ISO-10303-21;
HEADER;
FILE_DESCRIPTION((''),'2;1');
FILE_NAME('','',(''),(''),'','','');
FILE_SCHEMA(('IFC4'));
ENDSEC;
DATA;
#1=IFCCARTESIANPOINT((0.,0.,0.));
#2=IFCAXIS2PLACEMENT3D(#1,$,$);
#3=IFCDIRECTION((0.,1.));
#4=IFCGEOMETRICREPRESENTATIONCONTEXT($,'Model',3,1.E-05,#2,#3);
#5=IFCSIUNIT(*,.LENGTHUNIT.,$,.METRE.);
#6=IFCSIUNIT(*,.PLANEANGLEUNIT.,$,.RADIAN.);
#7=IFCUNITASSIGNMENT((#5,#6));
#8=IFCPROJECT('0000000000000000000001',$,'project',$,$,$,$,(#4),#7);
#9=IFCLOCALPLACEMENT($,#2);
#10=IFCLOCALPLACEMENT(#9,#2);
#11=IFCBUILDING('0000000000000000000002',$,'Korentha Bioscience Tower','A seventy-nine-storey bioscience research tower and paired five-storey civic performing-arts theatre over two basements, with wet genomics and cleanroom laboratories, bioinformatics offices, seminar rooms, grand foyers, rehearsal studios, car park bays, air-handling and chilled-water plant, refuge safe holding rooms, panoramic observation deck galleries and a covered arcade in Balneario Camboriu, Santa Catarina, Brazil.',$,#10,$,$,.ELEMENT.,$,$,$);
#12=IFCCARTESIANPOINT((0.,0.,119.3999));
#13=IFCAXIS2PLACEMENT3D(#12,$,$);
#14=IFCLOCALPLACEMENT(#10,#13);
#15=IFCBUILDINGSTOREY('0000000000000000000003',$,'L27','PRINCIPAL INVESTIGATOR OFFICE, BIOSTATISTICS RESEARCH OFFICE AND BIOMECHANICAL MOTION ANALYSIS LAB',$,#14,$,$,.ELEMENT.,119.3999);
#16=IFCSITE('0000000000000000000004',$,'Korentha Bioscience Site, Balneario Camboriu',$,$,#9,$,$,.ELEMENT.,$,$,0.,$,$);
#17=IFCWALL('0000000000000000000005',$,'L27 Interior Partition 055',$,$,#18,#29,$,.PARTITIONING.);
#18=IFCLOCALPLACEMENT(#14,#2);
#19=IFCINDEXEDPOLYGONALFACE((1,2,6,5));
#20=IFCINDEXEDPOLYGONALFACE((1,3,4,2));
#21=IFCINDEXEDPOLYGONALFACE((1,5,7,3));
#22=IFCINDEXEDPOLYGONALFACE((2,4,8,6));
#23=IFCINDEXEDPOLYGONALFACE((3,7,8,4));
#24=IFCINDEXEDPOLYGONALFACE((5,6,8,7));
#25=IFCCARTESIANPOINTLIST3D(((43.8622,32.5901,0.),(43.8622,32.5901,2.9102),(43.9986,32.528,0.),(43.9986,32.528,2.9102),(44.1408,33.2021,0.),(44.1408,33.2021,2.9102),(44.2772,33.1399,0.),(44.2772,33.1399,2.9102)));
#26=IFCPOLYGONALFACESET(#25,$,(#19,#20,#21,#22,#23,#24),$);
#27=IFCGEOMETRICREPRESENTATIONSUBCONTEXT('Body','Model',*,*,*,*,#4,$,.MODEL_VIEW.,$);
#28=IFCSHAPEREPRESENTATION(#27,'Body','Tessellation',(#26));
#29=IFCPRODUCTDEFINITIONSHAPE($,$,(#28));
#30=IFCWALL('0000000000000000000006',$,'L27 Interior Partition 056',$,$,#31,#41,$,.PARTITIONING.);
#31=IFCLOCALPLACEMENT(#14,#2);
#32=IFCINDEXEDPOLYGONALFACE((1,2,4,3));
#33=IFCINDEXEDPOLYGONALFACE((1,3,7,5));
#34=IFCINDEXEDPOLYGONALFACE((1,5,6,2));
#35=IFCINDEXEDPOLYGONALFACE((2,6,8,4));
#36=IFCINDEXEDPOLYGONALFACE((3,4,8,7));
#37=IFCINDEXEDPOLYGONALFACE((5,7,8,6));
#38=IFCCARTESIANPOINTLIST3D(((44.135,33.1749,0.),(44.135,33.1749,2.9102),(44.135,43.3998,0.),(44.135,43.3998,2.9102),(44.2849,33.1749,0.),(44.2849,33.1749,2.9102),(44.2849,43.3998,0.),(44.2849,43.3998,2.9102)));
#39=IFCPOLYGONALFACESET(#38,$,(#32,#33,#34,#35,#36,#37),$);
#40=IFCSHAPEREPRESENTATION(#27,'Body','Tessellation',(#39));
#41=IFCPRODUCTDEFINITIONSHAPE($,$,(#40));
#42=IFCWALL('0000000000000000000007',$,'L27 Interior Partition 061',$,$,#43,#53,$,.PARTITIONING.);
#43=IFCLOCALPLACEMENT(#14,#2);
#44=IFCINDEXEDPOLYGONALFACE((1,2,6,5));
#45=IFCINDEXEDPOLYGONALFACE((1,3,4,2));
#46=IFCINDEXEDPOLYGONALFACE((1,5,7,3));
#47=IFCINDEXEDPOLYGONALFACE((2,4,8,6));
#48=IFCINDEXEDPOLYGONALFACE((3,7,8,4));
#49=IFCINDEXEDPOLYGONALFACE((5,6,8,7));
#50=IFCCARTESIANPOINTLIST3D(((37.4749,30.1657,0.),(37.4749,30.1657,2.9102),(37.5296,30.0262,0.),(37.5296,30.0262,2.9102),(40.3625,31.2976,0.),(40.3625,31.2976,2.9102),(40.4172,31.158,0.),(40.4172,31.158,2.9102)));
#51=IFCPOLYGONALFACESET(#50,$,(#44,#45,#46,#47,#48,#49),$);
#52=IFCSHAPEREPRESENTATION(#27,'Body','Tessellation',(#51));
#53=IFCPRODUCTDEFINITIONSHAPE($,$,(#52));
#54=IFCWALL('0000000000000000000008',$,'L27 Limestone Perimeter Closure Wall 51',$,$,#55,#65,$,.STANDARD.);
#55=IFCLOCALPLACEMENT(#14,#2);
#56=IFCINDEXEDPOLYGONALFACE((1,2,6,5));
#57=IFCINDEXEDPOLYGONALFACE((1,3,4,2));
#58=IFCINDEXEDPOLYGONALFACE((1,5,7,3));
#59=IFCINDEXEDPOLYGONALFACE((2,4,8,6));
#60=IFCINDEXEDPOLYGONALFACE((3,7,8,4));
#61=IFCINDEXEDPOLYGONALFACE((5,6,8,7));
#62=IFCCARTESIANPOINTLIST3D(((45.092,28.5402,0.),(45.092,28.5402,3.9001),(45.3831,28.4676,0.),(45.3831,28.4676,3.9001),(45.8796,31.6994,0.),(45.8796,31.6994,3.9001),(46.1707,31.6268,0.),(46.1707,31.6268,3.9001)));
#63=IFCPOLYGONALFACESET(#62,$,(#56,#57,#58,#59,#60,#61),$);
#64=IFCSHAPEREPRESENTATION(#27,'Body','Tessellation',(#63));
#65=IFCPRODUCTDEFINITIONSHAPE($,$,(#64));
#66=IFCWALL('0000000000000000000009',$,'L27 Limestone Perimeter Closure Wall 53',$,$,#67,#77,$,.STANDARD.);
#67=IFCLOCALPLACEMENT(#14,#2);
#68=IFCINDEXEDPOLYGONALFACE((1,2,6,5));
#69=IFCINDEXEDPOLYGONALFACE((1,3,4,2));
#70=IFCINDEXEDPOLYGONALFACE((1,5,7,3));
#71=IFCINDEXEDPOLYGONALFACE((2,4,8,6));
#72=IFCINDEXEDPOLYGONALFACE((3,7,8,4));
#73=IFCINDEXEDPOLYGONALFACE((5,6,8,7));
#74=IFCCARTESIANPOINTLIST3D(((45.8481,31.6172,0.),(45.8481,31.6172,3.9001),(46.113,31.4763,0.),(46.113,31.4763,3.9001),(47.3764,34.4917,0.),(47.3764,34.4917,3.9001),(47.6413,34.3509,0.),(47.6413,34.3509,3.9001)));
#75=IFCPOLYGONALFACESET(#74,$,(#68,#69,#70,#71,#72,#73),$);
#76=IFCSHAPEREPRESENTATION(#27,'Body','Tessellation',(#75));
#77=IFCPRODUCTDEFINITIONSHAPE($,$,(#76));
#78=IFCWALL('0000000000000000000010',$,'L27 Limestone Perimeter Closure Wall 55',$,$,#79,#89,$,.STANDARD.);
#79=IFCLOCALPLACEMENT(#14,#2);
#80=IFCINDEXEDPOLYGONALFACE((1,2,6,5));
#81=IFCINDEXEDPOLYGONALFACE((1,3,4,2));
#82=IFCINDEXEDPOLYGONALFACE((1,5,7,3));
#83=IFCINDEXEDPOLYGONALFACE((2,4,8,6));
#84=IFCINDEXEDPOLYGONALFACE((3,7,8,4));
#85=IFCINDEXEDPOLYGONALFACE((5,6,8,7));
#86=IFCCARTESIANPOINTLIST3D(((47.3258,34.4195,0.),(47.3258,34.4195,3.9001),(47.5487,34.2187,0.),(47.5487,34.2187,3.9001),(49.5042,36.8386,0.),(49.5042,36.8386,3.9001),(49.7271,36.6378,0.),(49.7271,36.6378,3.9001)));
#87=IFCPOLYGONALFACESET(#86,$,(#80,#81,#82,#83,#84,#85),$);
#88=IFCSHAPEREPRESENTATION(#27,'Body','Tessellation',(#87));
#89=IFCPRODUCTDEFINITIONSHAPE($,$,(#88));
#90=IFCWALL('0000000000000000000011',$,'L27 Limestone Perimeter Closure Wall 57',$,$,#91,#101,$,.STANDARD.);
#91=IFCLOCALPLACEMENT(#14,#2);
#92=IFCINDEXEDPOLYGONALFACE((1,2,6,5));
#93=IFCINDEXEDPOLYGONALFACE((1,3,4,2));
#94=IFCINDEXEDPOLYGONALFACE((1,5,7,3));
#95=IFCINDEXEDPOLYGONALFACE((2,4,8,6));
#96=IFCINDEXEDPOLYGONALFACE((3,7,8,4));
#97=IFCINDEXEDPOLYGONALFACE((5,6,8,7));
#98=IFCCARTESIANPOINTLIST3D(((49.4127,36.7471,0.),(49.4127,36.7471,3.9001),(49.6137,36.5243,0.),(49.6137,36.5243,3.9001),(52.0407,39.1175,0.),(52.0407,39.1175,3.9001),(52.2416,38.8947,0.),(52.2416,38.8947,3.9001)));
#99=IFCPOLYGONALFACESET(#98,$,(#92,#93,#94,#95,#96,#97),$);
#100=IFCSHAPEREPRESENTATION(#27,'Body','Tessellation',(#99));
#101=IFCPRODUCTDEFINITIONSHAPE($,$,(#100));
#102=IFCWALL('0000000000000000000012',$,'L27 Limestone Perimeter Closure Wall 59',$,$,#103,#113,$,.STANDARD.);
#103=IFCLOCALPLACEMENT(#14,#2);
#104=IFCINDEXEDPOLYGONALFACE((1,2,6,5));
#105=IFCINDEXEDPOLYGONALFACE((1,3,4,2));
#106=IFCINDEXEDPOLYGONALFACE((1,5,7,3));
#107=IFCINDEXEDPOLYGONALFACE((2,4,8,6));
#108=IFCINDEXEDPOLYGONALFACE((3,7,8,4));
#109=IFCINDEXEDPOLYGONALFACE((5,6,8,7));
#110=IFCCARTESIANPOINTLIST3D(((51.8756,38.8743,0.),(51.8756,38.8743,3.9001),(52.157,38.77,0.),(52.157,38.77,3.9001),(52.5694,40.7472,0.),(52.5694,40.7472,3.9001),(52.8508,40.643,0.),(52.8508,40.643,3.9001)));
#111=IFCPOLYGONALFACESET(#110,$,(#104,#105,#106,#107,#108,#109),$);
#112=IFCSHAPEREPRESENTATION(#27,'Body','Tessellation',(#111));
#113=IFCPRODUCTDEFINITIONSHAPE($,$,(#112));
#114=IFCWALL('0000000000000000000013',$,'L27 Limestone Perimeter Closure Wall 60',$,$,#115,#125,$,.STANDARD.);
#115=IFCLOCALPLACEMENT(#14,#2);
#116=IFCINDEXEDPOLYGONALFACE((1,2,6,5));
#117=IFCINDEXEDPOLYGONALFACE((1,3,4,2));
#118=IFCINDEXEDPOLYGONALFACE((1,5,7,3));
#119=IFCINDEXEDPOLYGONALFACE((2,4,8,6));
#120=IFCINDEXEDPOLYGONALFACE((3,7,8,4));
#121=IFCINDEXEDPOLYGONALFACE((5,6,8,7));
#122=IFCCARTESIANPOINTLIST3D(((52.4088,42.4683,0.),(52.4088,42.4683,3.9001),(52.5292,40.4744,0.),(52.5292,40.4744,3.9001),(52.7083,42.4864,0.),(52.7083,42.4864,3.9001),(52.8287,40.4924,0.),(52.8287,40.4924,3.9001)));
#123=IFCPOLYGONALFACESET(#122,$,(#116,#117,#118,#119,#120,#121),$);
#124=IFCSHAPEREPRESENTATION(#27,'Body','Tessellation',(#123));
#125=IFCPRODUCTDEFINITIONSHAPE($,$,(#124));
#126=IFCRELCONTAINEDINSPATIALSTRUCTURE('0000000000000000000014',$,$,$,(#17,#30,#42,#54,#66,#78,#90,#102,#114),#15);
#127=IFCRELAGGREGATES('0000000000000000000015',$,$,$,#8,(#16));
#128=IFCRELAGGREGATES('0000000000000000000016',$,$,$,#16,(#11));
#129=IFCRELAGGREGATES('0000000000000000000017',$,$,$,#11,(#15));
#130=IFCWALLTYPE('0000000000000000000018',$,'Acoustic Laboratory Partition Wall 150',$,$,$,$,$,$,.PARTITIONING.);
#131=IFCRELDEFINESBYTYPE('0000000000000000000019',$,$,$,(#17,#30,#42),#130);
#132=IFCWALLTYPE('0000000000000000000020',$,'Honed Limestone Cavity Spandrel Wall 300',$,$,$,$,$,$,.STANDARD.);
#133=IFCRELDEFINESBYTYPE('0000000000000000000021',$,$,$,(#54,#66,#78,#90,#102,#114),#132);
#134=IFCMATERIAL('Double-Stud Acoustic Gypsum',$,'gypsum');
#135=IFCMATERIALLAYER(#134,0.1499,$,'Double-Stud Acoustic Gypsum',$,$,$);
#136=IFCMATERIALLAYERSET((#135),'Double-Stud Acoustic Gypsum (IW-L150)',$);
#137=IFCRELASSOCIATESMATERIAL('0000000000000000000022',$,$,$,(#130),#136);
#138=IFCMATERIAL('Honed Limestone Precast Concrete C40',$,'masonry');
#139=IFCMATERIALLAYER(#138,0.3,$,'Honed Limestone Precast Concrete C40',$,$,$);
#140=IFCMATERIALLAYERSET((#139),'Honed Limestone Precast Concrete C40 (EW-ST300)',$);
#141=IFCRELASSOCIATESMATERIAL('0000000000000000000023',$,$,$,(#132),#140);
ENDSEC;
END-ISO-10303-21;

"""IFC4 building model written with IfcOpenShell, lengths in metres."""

from ifc_helpers import new_model, si_unit, direction, frame, frame_2d, origin, place, context, subcontext, project, spatial, rectangle, extrude, material, layer, layer_set, type_object, element, save


model = new_model("IFC4")

# Units and contexts
model_context = context("Model", 3, precision=1e-05, world=origin(), true_north=direction((0.0, 1.0)))
body_context = subcontext(model_context, "Body", "Model", "MODEL_VIEW")
ifc_project = project(units=[si_unit("LENGTHUNIT", "METRE"), si_unit("PLANEANGLEUNIT", "RADIAN")], contexts=[model_context])

# Site, building, storey
site_placement = place(None, origin())
site = spatial("IfcSite", under=ifc_project, at=site_placement, Name="Korentha Bioscience Site, Balneario Camboriu", CompositionType="ELEMENT", RefElevation=0.0)
building_placement = place(site_placement, origin())
building = spatial("IfcBuilding", under=site, at=building_placement, Name="Korentha Bioscience Tower", Description="A seventy-nine-storey bioscience research tower and paired five-storey civic performing-arts theatre over two basements, with wet genomics and cleanroom laboratories, bioinformatics offices, seminar rooms, grand foyers, rehearsal studios, car park bays, air-handling and chilled-water plant, refuge safe holding rooms, panoramic observation deck galleries and a covered arcade in Balneario Camboriu, Santa Catarina, Brazil.", CompositionType="ELEMENT")
storey_placement = place(building_placement, frame((0.0, 0.0, 119.3999)))
storey = spatial("IfcBuildingStorey", under=building, at=storey_placement, Name="L27", Description="PRINCIPAL INVESTIGATOR OFFICE, BIOSTATISTICS RESEARCH OFFICE AND BIOMECHANICAL MOTION ANALYSIS LAB", CompositionType="ELEMENT", Elevation=119.3999)

# Shared definitions
ifc_material_1 = material(Name="Double-Stud Acoustic Gypsum", Category="gypsum")
ifc_layer_1 = layer(ifc_material_1, 0.1499, Name="Double-Stud Acoustic Gypsum")
ifc_layer_set_1 = layer_set([ifc_layer_1], Name="Double-Stud Acoustic Gypsum (IW-L150)")
wall_type_1 = type_object("IfcWallType", Name="Acoustic Laboratory Partition Wall 150", PredefinedType="PARTITIONING", material=ifc_layer_set_1)

# Walls
wall_1_placement = place(storey_placement, frame((43.9304, 32.5591, 0.0), z_axis=(0.0, 0.0, 1.0), x_axis=(0.414377, 0.910105, 0.0)))
element("IfcWall", 1, at=wall_1_placement, inside=storey, type_object=wall_type_1, Name="L27 Interior Partition 055", PredefinedType="PARTITIONING", context=body_context, shape_type="SweptSolid", body=[
    extrude(rectangle(XDim=0.6724, YDim=0.1499, at=frame_2d((0.3362, 0.0))), origin(), (0.0, 0.0, 1.0), 2.9102),
])
wall_2_placement = place(storey_placement, frame((44.21, 33.175, 0.0), z_axis=(0.0, 0.0, 1.0), x_axis=(0.0, 1.0, 0.0)))
element("IfcWall", 2, at=wall_2_placement, inside=storey, type_object=wall_type_1, Name="L27 Interior Partition 056", PredefinedType="PARTITIONING", context=body_context, shape_type="SweptSolid", body=[
    extrude(rectangle(XDim=10.2249, YDim=0.1499, at=frame_2d((5.1123, 0.0))), origin(), (0.0, 0.0, 1.0), 2.9102),
])
wall_3_placement = place(storey_placement, frame((40.3899, 31.2278, 0.0), z_axis=(0.0, 0.0, 1.0), x_axis=(-0.931038, -0.364922, 0.0)))
element("IfcWall", 3, at=wall_3_placement, inside=storey, type_object=wall_type_1, Name="L27 Interior Partition 061", PredefinedType="PARTITIONING", context=body_context, shape_type="SweptSolid", body=[
    extrude(rectangle(XDim=3.1016, YDim=0.1499, at=frame_2d((1.5508, 0.0))), origin(), (0.0, 0.0, 1.0), 2.9102),
])
ifc_material_2 = material(Name="Honed Limestone Precast Concrete C40", Category="masonry")
ifc_layer_2 = layer(ifc_material_2, 0.3, Name="Honed Limestone Precast Concrete C40")
ifc_layer_set_2 = layer_set([ifc_layer_2], Name="Honed Limestone Precast Concrete C40 (EW-ST300)")
wall_type_2 = type_object("IfcWallType", Name="Honed Limestone Cavity Spandrel Wall 300", PredefinedType="STANDARD", material=ifc_layer_set_2)
wall_4_placement = place(storey_placement, frame((45.2375, 28.5039, 0.0), z_axis=(0.0, 0.0, 1.0), x_axis=(0.2419, 0.970301, 0.0)))
element("IfcWall", 4, at=wall_4_placement, inside=storey, type_object=wall_type_2, Name="L27 Limestone Perimeter Closure Wall 51", PredefinedType="STANDARD", context=body_context, shape_type="SweptSolid", body=[
    extrude(rectangle(XDim=3.2559, YDim=0.3, at=frame_2d((1.6279, 0.0))), origin(), (0.0, 0.0, 1.0), 3.9001),
])
wall_5_placement = place(storey_placement, frame((45.9805, 31.5466, 0.0), z_axis=(0.0, 0.0, 1.0), x_axis=(0.469451, 0.882958, 0.0)))
element("IfcWall", 5, at=wall_5_placement, inside=storey, type_object=wall_type_2, Name="L27 Limestone Perimeter Closure Wall 53", PredefinedType="STANDARD", context=body_context, shape_type="SweptSolid", body=[
    extrude(rectangle(XDim=3.2556, YDim=0.3, at=frame_2d((1.6279, 0.0))), origin(), (0.0, 0.0, 1.0), 3.9001),
])
wall_6_placement = place(storey_placement, frame((47.4373, 34.3191, 0.0), z_axis=(0.0, 0.0, 1.0), x_axis=(0.669168, 0.743111, 0.0)))
element("IfcWall", 6, at=wall_6_placement, inside=storey, type_object=wall_type_2, Name="L27 Limestone Perimeter Closure Wall 55", PredefinedType="STANDARD", context=body_context, shape_type="SweptSolid", body=[
    extrude(rectangle(XDim=3.2554, YDim=0.3, at=frame_2d((1.6277, 0.0))), origin(), (0.0, 0.0, 1.0), 3.9001),
])
wall_7_placement = place(storey_placement, frame((49.5132, 36.6357, 0.0), z_axis=(0.0, 0.0, 1.0), x_axis=(0.74256, 0.66978, 0.0)))
element("IfcWall", 7, at=wall_7_placement, inside=storey, type_object=wall_type_2, Name="L27 Limestone Perimeter Closure Wall 57", PredefinedType="STANDARD", context=body_context, shape_type="SweptSolid", body=[
    extrude(rectangle(XDim=3.5391, YDim=0.3, at=frame_2d((1.7695, 0.0))), origin(), (0.0, 0.0, 1.0), 3.9001),
])
wall_8_placement = place(storey_placement, frame((52.0164, 38.8223, 0.0), z_axis=(0.0, 0.0, 1.0), x_axis=(0.34737, 0.937728, 0.0)))
element("IfcWall", 8, at=wall_8_placement, inside=storey, type_object=wall_type_2, Name="L27 Limestone Perimeter Closure Wall 59", PredefinedType="STANDARD", context=body_context, shape_type="SweptSolid", body=[
    extrude(rectangle(XDim=1.9973, YDim=0.3, at=frame_2d((0.9985, 0.0))), origin(), (0.0, 0.0, 1.0), 3.9001),
])
wall_9_placement = place(storey_placement, frame((52.679, 40.4834, 0.0), z_axis=(0.0, 0.0, 1.0), x_axis=(-0.060255, 0.998183, 0.0)))
element("IfcWall", 9, at=wall_9_placement, inside=storey, type_object=wall_type_2, Name="L27 Limestone Perimeter Closure Wall 60", PredefinedType="STANDARD", context=body_context, shape_type="SweptSolid", body=[
    extrude(rectangle(XDim=1.9976, YDim=0.3, at=frame_2d((0.9988, 0.0))), origin(), (0.0, 0.0, 1.0), 3.9001),
])

save(model, "model.ifc")
